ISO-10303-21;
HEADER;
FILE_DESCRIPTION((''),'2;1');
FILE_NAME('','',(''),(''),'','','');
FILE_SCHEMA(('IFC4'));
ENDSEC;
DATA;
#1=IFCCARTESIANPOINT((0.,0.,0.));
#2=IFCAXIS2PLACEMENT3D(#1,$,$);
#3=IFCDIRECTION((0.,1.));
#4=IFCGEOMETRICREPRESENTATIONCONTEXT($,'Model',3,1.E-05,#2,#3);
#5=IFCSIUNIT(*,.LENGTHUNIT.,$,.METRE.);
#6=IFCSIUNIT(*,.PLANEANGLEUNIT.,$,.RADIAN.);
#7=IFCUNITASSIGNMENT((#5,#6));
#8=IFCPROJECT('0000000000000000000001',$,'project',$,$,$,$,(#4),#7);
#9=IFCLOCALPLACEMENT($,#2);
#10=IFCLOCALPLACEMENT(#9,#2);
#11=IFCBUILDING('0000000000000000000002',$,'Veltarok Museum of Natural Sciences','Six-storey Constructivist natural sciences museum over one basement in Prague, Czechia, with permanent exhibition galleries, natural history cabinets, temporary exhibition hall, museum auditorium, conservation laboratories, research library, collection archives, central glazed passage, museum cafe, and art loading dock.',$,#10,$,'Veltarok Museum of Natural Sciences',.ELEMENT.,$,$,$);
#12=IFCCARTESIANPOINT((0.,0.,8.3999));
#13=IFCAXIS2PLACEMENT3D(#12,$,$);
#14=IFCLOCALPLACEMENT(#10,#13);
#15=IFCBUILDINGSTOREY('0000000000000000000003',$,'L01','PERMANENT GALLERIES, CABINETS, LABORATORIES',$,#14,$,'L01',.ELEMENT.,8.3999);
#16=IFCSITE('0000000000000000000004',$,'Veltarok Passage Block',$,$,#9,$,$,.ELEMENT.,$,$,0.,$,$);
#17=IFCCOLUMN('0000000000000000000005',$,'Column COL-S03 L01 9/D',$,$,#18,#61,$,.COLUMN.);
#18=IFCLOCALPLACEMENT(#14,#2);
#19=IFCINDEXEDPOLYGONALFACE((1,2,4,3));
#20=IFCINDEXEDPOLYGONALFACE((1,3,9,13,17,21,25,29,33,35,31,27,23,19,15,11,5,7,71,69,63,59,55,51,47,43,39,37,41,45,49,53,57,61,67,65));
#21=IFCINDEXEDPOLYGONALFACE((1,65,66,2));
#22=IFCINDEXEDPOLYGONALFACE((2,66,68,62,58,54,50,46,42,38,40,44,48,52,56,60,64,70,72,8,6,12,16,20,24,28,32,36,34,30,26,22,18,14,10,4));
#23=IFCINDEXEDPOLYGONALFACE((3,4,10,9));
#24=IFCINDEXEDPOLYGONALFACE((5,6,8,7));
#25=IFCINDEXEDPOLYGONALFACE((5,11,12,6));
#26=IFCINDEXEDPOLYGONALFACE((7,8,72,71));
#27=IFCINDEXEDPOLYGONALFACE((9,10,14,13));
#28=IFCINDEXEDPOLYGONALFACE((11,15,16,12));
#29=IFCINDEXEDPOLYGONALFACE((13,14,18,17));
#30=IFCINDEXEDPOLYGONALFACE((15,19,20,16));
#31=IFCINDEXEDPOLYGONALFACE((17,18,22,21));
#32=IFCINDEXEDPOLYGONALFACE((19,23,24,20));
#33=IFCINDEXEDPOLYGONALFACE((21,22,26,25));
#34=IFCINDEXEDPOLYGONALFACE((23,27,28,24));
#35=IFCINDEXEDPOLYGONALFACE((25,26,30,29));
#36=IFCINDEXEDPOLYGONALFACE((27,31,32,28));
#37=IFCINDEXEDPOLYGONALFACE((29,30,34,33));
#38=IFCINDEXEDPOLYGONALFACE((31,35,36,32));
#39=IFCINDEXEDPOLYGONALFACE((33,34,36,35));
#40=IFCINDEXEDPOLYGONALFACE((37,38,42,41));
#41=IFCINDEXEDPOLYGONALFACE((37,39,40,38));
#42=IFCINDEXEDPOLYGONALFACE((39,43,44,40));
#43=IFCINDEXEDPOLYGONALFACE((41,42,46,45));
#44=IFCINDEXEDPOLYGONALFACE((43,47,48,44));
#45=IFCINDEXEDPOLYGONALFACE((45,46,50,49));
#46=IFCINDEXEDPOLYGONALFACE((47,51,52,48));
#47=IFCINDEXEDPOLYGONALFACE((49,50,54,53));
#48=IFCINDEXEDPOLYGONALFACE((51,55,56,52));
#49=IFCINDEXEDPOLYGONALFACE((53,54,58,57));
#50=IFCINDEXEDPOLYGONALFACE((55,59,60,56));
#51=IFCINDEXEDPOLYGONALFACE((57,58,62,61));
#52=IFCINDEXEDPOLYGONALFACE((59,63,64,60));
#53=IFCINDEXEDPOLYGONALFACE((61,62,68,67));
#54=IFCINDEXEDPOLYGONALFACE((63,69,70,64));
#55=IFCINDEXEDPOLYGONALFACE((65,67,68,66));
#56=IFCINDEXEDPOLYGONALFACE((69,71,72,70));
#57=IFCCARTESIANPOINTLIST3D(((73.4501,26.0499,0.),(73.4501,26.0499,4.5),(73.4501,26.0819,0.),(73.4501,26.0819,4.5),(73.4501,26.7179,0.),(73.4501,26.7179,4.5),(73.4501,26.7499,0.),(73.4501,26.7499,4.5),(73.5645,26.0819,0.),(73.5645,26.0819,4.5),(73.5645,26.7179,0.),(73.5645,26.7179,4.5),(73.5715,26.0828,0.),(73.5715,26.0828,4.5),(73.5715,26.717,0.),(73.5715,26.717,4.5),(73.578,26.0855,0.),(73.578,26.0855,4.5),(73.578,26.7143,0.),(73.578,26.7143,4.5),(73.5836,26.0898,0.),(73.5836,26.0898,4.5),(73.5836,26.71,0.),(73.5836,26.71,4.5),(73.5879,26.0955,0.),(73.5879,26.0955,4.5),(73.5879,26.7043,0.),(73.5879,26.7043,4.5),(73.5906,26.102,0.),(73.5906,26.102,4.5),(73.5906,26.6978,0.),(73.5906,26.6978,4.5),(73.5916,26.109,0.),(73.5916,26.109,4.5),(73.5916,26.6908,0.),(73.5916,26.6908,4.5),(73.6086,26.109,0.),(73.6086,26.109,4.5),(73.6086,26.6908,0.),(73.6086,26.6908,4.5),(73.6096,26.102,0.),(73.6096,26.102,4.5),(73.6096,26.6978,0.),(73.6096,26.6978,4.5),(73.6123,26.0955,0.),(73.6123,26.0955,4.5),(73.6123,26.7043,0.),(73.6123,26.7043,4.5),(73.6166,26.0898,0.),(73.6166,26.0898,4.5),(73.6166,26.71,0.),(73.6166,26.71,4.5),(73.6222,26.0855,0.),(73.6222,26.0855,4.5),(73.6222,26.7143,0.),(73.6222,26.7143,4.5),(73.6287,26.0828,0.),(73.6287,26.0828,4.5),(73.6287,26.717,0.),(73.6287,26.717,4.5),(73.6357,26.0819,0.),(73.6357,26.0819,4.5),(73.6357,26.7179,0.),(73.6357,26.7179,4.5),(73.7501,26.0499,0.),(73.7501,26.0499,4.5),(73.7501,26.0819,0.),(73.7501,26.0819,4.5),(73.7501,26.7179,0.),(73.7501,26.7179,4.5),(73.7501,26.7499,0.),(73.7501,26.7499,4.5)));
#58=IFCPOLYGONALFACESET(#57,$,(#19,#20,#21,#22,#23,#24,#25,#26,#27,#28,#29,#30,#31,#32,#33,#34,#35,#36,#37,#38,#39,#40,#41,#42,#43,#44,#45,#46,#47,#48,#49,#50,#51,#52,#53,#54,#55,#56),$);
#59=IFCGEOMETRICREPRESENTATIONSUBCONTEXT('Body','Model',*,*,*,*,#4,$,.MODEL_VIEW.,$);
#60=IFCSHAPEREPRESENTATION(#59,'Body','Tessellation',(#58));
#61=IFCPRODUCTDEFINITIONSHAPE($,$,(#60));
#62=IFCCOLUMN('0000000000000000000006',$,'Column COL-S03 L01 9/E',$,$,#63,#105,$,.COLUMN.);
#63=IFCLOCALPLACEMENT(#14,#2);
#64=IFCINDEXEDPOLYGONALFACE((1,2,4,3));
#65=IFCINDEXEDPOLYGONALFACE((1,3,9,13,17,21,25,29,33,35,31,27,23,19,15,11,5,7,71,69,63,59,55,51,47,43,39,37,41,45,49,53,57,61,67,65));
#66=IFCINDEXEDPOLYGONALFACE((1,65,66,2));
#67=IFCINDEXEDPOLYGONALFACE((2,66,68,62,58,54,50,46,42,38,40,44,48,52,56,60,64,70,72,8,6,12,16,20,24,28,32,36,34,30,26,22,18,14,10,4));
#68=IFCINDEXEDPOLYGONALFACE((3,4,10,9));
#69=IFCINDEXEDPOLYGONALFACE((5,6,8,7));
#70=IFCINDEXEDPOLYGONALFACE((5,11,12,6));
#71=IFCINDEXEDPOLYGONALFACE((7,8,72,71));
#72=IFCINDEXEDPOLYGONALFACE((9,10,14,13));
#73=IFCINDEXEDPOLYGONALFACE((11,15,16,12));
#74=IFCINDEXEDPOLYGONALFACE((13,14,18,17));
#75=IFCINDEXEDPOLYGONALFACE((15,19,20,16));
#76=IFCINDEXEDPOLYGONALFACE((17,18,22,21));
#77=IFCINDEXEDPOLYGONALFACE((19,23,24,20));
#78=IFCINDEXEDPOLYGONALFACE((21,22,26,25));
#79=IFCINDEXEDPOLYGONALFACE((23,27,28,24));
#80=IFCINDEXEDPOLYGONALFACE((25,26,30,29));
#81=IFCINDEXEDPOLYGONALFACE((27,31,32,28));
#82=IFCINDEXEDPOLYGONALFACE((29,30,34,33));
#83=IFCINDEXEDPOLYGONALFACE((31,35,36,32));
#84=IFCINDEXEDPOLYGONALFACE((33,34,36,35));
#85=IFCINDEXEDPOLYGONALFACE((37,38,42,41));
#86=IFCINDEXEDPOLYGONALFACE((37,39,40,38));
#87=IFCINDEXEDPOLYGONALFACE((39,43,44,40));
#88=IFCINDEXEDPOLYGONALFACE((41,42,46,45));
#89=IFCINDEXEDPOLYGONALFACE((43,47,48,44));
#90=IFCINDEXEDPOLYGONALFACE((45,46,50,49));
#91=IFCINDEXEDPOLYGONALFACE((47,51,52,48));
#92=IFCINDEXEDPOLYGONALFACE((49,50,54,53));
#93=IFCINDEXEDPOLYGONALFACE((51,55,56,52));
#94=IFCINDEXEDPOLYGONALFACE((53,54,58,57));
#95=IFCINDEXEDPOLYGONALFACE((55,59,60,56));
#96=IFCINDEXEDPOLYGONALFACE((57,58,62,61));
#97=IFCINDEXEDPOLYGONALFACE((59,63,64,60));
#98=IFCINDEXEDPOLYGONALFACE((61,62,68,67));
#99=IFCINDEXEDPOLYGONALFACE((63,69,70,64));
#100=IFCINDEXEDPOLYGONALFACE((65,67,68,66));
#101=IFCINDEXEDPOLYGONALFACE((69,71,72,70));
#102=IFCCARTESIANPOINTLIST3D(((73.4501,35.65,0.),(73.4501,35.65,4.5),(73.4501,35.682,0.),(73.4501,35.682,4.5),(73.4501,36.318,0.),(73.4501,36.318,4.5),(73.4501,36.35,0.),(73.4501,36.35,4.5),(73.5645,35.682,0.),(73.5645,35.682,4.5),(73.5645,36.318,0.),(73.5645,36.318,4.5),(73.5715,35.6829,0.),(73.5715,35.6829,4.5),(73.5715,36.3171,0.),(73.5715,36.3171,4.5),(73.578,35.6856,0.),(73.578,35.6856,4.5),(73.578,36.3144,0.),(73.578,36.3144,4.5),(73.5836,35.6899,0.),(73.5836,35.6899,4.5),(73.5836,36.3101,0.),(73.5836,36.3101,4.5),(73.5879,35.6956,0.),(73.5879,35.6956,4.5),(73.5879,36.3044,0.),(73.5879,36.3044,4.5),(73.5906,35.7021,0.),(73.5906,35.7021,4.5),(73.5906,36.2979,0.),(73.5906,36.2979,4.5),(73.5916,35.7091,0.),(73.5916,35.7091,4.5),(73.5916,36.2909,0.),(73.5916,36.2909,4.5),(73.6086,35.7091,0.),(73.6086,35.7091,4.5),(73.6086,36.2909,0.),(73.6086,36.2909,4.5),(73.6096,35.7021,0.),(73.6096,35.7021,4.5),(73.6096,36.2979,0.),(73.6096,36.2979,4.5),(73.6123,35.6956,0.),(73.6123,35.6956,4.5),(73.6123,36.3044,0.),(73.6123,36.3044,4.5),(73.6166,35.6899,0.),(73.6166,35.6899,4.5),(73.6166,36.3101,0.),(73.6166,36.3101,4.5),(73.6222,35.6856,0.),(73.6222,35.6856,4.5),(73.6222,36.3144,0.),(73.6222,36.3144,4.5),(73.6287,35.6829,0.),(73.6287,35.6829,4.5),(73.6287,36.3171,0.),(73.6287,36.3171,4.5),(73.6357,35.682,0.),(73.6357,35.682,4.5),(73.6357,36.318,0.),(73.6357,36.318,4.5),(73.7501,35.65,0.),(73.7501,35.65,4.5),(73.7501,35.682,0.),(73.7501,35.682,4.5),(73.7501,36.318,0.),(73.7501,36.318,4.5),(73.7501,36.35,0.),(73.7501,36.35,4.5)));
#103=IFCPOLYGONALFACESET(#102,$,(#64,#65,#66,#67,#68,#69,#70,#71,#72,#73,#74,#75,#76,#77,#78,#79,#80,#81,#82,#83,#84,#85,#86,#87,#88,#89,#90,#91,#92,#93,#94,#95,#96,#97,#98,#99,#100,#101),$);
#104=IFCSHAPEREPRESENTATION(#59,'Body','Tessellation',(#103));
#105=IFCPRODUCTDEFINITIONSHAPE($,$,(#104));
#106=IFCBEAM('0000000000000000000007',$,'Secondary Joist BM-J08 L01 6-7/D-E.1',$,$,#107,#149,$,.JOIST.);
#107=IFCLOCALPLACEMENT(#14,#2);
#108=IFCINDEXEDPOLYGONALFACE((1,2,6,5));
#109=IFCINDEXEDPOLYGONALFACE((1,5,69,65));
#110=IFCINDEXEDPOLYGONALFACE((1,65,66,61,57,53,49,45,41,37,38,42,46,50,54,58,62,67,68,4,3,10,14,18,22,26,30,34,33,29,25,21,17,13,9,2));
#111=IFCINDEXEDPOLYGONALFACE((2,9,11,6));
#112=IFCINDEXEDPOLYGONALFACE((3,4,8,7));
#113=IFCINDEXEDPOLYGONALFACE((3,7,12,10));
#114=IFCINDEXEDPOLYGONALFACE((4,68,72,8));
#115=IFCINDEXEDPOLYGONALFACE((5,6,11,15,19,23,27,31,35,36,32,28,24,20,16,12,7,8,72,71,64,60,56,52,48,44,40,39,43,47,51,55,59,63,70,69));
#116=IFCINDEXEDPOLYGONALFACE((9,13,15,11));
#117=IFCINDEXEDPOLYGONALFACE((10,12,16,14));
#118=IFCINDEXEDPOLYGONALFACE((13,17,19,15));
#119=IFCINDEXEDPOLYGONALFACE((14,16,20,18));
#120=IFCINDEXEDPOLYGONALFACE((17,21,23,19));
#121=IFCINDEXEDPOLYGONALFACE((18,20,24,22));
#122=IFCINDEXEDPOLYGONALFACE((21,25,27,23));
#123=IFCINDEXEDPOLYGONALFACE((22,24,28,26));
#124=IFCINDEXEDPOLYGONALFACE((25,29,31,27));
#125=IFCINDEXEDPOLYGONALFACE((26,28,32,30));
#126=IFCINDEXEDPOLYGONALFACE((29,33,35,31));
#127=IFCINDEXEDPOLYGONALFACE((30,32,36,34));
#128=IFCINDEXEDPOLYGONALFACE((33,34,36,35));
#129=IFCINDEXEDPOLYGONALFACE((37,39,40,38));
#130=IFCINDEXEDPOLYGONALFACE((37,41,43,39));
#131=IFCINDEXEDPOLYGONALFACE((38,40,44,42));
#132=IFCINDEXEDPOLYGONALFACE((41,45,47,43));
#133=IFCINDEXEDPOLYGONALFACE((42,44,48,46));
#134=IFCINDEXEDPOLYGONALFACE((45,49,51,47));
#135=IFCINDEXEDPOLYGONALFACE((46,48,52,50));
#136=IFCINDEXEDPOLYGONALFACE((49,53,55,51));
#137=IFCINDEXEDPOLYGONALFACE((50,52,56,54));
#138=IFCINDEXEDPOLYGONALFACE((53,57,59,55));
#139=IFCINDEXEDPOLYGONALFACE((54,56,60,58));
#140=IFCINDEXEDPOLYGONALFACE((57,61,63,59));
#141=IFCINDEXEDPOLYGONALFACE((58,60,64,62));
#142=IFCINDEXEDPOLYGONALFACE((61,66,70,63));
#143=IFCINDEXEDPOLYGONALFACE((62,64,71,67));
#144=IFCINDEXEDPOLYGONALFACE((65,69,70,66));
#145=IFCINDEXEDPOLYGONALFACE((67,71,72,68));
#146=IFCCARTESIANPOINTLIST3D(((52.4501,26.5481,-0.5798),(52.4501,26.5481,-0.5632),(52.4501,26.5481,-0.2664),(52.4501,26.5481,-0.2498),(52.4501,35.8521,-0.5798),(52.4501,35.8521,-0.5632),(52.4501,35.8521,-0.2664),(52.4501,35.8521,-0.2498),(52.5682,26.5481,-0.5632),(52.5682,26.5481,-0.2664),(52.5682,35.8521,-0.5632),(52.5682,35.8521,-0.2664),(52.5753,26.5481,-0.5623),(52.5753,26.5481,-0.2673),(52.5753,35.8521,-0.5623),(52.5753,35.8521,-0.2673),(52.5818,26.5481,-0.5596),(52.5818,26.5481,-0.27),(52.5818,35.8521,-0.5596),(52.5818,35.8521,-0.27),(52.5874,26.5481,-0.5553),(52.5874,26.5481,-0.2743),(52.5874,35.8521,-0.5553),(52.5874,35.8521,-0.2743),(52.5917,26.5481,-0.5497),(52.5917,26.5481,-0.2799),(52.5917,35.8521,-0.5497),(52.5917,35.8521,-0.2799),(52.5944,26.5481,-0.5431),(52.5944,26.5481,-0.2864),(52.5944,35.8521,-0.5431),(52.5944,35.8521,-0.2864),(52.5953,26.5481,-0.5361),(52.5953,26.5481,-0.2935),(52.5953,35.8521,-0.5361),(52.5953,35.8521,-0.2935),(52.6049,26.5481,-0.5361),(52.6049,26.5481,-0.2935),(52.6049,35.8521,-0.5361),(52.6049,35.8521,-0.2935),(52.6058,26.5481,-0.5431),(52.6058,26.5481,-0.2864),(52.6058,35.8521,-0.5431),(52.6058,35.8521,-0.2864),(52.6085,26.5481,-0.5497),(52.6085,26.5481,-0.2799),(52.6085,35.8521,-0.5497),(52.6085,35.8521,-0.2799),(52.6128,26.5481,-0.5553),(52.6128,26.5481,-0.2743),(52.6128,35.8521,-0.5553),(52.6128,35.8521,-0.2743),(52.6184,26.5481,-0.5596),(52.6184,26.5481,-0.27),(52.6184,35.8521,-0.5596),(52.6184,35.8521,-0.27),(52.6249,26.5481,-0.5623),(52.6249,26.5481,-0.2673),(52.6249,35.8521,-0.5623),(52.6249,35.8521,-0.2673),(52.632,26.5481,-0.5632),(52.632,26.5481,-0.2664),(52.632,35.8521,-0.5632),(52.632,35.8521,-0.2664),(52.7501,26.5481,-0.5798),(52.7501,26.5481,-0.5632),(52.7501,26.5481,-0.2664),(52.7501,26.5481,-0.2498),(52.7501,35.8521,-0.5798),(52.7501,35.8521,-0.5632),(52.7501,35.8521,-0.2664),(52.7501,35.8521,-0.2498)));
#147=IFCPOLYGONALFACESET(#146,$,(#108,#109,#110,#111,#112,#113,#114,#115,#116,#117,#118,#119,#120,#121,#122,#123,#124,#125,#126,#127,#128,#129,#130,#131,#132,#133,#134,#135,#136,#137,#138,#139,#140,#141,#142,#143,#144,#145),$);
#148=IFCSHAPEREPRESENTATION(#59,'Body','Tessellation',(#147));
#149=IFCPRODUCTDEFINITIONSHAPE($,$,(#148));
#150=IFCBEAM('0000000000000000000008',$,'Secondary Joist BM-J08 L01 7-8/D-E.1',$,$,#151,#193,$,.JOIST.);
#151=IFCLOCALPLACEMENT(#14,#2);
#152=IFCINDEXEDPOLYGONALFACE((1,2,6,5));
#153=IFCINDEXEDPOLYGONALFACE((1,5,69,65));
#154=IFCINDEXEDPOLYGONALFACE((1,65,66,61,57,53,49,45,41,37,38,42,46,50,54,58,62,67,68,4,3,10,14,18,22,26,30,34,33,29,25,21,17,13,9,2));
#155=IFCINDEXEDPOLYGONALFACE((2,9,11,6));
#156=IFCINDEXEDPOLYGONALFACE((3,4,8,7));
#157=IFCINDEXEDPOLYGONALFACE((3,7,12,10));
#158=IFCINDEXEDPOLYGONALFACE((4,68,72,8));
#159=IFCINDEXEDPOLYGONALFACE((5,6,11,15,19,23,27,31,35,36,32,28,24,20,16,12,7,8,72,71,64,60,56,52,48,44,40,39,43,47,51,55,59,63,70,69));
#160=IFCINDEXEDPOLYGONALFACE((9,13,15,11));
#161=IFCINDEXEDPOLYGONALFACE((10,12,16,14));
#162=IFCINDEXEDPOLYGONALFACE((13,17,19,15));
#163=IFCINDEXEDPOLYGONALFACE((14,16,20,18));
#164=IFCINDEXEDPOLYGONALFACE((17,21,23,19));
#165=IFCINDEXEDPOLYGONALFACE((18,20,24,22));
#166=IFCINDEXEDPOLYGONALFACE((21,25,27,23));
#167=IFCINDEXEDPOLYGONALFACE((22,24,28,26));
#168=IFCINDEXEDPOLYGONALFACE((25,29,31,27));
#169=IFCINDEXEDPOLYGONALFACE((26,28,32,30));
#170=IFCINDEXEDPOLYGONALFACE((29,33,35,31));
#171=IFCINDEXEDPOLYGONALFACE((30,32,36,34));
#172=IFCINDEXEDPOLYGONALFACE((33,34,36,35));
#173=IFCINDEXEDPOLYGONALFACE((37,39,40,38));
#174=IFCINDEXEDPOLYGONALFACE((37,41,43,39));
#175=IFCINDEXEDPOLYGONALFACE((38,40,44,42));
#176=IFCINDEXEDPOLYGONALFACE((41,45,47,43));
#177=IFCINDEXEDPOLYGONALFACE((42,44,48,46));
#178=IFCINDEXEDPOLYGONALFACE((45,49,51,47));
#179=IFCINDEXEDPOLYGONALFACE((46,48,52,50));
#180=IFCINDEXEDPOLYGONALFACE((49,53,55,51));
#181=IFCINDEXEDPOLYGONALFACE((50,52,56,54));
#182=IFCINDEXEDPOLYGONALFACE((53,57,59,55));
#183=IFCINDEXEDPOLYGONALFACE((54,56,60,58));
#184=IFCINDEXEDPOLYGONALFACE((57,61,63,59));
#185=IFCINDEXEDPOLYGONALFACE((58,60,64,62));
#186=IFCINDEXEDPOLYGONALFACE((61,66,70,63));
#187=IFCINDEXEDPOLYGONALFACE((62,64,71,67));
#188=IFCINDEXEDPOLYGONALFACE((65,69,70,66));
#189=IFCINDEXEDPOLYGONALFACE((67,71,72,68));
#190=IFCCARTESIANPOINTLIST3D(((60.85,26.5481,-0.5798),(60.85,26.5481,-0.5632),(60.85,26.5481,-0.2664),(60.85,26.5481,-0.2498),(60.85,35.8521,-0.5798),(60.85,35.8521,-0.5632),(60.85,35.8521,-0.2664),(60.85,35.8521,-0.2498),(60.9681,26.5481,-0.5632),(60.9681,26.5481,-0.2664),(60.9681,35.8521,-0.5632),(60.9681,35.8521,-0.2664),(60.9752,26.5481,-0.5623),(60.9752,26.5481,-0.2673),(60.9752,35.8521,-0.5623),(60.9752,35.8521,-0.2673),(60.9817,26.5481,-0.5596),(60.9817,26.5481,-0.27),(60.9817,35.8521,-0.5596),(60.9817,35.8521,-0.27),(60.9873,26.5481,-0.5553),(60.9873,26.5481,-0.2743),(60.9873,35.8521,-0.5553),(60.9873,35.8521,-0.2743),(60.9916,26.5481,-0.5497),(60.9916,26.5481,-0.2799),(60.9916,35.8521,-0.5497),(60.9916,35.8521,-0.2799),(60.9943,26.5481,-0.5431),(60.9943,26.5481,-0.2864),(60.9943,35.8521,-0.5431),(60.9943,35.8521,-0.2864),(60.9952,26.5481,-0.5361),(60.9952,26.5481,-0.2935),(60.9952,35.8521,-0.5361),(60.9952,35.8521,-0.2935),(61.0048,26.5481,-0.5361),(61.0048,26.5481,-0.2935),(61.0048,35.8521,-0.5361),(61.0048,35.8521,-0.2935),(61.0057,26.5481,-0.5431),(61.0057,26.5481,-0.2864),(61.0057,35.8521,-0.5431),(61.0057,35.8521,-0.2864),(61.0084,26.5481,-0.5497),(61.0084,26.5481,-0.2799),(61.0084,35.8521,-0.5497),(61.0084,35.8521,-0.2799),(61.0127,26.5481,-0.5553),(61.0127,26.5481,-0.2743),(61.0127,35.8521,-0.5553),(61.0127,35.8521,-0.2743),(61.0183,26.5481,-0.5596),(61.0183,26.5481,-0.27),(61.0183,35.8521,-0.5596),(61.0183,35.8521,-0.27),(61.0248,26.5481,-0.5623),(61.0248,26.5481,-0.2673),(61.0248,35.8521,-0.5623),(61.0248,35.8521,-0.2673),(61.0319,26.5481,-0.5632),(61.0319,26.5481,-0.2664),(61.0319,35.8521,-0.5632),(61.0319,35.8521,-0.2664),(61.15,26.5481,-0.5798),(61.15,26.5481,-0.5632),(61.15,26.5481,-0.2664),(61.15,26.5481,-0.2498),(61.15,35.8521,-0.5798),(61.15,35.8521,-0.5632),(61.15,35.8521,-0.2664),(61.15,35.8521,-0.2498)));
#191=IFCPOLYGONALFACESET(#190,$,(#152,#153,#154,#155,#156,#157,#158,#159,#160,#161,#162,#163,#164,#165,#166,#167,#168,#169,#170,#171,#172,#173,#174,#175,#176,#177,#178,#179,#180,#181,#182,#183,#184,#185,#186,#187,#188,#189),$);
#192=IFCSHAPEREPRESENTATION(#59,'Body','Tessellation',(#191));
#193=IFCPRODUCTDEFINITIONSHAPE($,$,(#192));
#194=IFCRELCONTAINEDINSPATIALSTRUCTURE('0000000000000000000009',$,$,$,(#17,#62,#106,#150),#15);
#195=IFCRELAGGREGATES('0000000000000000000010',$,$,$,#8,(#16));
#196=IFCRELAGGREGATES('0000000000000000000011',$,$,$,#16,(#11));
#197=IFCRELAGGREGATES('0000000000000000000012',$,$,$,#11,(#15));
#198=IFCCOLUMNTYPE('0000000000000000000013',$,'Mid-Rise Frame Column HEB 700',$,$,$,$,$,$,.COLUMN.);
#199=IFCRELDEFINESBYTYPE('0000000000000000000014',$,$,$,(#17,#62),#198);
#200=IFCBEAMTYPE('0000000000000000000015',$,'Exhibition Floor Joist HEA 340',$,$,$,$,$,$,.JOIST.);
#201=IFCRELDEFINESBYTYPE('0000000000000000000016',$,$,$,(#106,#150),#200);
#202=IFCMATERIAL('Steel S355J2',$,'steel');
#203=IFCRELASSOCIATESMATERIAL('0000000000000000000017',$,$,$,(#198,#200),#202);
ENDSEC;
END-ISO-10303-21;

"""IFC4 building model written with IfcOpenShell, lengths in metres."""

from ifc_helpers import new_model, si_unit, direction, frame, origin, origin_2d, place, context, subcontext, project, spatial, i_section, extrude, material, material_profile, profile_set, type_object, element, save


model = new_model("IFC4")

# Units and contexts
model_context = context("Model", 3, precision=1e-05, world=origin(), true_north=direction((0.0, 1.0)))
body_context = subcontext(model_context, "Body", "Model", "MODEL_VIEW")
ifc_project = project(units=[si_unit("LENGTHUNIT", "METRE"), si_unit("PLANEANGLEUNIT", "RADIAN")], contexts=[model_context])

# Site, building, storey
site_placement = place(None, origin())
site = spatial("IfcSite", under=ifc_project, at=site_placement, Name="Veltarok Passage Block", CompositionType="ELEMENT", RefElevation=0.0)
building_placement = place(site_placement, origin())
building = spatial("IfcBuilding", under=site, at=building_placement, Name="Veltarok Museum of Natural Sciences", Description="Six-storey Constructivist natural sciences museum over one basement in Prague, Czechia, with permanent exhibition galleries, natural history cabinets, temporary exhibition hall, museum auditorium, conservation laboratories, research library, collection archives, central glazed passage, museum cafe, and art loading dock.", LongName="Veltarok Museum of Natural Sciences", CompositionType="ELEMENT")
storey_placement = place(building_placement, frame((0.0, 0.0, 8.3999)))
storey = spatial("IfcBuildingStorey", under=building, at=storey_placement, Name="L01", Description="PERMANENT GALLERIES, CABINETS, LABORATORIES", LongName="L01", CompositionType="ELEMENT", Elevation=8.3999)

# Columns
ifc_material = material(Name="Steel S355J2", Category="steel")
ifc_material_profile_1 = material_profile(ifc_material, i_section(OverallWidth=0.3, OverallDepth=0.7, WebThickness=0.0171, FlangeThickness=0.032, FilletRadius=0.0271, at=origin_2d()), Name="HEB 700")
ifc_profile_set_1 = profile_set([ifc_material_profile_1], Name="Steel S355J2")
column_type = type_object("IfcColumnType", Name="Mid-Rise Frame Column HEB 700", PredefinedType="COLUMN", material=ifc_profile_set_1)
for number, where, z_axis, x_axis, name in (
    (1, (73.6001, 26.3999, 0.0), (0.0, 0.0, 1.0), (1.0, 0.0, 0.0), "Column COL-S03 L01 9/D"),
    (2, (73.6001, 36.0, 0.0), (0.0, 0.0, 1.0), (1.0, 0.0, 0.0), "Column COL-S03 L01 9/E"),
):
    element("IfcColumn", number, at=place(storey_placement, frame(where, z_axis=z_axis, x_axis=x_axis)), inside=storey, type_object=column_type, Name=name, PredefinedType="COLUMN", context=body_context, shape_type="SweptSolid", body=[
        extrude(i_section(OverallWidth=0.3, OverallDepth=0.7, WebThickness=0.0171, FlangeThickness=0.032, FilletRadius=0.0271, at=origin_2d()), origin(), (0.0, 0.0, 1.0), 4.5),
    ])

# Beams
ifc_material_profile_2 = material_profile(ifc_material, i_section(OverallWidth=0.3, OverallDepth=0.3301, WebThickness=0.0095, FlangeThickness=0.0166, FilletRadius=0.0271, at=origin_2d()), Name="HEA 340")
ifc_profile_set_2 = profile_set([ifc_material_profile_2], Name="Steel S355J2")
beam_type_1 = type_object("IfcBeamType", Name="Exhibition Floor Joist HEA 340", PredefinedType="JOIST", material=ifc_profile_set_2)
for number, where, z_axis, x_axis, name in (
    (3, (52.6001, 26.5481, -0.4148), (0.0, 1.0, 0.0), (-1.0, 0.0, 0.0), "Secondary Joist BM-J08 L01 6-7/D-E.1"),
    (4, (61.0, 26.5481, -0.4148), (0.0, 1.0, 0.0), (-1.0, 0.0, 0.0), "Secondary Joist BM-J08 L01 7-8/D-E.1"),
):
    element("IfcBeam", number, at=place(storey_placement, frame(where, z_axis=z_axis, x_axis=x_axis)), inside=storey, type_object=beam_type_1, Name=name, PredefinedType="JOIST", context=body_context, shape_type="SweptSolid", body=[
        extrude(i_section(OverallWidth=0.3, OverallDepth=0.3301, WebThickness=0.0095, FlangeThickness=0.0166, FilletRadius=0.0271, at=origin_2d()), origin(), (0.0, 0.0, 1.0), 9.304),
    ])

save(model, "model.ifc")
